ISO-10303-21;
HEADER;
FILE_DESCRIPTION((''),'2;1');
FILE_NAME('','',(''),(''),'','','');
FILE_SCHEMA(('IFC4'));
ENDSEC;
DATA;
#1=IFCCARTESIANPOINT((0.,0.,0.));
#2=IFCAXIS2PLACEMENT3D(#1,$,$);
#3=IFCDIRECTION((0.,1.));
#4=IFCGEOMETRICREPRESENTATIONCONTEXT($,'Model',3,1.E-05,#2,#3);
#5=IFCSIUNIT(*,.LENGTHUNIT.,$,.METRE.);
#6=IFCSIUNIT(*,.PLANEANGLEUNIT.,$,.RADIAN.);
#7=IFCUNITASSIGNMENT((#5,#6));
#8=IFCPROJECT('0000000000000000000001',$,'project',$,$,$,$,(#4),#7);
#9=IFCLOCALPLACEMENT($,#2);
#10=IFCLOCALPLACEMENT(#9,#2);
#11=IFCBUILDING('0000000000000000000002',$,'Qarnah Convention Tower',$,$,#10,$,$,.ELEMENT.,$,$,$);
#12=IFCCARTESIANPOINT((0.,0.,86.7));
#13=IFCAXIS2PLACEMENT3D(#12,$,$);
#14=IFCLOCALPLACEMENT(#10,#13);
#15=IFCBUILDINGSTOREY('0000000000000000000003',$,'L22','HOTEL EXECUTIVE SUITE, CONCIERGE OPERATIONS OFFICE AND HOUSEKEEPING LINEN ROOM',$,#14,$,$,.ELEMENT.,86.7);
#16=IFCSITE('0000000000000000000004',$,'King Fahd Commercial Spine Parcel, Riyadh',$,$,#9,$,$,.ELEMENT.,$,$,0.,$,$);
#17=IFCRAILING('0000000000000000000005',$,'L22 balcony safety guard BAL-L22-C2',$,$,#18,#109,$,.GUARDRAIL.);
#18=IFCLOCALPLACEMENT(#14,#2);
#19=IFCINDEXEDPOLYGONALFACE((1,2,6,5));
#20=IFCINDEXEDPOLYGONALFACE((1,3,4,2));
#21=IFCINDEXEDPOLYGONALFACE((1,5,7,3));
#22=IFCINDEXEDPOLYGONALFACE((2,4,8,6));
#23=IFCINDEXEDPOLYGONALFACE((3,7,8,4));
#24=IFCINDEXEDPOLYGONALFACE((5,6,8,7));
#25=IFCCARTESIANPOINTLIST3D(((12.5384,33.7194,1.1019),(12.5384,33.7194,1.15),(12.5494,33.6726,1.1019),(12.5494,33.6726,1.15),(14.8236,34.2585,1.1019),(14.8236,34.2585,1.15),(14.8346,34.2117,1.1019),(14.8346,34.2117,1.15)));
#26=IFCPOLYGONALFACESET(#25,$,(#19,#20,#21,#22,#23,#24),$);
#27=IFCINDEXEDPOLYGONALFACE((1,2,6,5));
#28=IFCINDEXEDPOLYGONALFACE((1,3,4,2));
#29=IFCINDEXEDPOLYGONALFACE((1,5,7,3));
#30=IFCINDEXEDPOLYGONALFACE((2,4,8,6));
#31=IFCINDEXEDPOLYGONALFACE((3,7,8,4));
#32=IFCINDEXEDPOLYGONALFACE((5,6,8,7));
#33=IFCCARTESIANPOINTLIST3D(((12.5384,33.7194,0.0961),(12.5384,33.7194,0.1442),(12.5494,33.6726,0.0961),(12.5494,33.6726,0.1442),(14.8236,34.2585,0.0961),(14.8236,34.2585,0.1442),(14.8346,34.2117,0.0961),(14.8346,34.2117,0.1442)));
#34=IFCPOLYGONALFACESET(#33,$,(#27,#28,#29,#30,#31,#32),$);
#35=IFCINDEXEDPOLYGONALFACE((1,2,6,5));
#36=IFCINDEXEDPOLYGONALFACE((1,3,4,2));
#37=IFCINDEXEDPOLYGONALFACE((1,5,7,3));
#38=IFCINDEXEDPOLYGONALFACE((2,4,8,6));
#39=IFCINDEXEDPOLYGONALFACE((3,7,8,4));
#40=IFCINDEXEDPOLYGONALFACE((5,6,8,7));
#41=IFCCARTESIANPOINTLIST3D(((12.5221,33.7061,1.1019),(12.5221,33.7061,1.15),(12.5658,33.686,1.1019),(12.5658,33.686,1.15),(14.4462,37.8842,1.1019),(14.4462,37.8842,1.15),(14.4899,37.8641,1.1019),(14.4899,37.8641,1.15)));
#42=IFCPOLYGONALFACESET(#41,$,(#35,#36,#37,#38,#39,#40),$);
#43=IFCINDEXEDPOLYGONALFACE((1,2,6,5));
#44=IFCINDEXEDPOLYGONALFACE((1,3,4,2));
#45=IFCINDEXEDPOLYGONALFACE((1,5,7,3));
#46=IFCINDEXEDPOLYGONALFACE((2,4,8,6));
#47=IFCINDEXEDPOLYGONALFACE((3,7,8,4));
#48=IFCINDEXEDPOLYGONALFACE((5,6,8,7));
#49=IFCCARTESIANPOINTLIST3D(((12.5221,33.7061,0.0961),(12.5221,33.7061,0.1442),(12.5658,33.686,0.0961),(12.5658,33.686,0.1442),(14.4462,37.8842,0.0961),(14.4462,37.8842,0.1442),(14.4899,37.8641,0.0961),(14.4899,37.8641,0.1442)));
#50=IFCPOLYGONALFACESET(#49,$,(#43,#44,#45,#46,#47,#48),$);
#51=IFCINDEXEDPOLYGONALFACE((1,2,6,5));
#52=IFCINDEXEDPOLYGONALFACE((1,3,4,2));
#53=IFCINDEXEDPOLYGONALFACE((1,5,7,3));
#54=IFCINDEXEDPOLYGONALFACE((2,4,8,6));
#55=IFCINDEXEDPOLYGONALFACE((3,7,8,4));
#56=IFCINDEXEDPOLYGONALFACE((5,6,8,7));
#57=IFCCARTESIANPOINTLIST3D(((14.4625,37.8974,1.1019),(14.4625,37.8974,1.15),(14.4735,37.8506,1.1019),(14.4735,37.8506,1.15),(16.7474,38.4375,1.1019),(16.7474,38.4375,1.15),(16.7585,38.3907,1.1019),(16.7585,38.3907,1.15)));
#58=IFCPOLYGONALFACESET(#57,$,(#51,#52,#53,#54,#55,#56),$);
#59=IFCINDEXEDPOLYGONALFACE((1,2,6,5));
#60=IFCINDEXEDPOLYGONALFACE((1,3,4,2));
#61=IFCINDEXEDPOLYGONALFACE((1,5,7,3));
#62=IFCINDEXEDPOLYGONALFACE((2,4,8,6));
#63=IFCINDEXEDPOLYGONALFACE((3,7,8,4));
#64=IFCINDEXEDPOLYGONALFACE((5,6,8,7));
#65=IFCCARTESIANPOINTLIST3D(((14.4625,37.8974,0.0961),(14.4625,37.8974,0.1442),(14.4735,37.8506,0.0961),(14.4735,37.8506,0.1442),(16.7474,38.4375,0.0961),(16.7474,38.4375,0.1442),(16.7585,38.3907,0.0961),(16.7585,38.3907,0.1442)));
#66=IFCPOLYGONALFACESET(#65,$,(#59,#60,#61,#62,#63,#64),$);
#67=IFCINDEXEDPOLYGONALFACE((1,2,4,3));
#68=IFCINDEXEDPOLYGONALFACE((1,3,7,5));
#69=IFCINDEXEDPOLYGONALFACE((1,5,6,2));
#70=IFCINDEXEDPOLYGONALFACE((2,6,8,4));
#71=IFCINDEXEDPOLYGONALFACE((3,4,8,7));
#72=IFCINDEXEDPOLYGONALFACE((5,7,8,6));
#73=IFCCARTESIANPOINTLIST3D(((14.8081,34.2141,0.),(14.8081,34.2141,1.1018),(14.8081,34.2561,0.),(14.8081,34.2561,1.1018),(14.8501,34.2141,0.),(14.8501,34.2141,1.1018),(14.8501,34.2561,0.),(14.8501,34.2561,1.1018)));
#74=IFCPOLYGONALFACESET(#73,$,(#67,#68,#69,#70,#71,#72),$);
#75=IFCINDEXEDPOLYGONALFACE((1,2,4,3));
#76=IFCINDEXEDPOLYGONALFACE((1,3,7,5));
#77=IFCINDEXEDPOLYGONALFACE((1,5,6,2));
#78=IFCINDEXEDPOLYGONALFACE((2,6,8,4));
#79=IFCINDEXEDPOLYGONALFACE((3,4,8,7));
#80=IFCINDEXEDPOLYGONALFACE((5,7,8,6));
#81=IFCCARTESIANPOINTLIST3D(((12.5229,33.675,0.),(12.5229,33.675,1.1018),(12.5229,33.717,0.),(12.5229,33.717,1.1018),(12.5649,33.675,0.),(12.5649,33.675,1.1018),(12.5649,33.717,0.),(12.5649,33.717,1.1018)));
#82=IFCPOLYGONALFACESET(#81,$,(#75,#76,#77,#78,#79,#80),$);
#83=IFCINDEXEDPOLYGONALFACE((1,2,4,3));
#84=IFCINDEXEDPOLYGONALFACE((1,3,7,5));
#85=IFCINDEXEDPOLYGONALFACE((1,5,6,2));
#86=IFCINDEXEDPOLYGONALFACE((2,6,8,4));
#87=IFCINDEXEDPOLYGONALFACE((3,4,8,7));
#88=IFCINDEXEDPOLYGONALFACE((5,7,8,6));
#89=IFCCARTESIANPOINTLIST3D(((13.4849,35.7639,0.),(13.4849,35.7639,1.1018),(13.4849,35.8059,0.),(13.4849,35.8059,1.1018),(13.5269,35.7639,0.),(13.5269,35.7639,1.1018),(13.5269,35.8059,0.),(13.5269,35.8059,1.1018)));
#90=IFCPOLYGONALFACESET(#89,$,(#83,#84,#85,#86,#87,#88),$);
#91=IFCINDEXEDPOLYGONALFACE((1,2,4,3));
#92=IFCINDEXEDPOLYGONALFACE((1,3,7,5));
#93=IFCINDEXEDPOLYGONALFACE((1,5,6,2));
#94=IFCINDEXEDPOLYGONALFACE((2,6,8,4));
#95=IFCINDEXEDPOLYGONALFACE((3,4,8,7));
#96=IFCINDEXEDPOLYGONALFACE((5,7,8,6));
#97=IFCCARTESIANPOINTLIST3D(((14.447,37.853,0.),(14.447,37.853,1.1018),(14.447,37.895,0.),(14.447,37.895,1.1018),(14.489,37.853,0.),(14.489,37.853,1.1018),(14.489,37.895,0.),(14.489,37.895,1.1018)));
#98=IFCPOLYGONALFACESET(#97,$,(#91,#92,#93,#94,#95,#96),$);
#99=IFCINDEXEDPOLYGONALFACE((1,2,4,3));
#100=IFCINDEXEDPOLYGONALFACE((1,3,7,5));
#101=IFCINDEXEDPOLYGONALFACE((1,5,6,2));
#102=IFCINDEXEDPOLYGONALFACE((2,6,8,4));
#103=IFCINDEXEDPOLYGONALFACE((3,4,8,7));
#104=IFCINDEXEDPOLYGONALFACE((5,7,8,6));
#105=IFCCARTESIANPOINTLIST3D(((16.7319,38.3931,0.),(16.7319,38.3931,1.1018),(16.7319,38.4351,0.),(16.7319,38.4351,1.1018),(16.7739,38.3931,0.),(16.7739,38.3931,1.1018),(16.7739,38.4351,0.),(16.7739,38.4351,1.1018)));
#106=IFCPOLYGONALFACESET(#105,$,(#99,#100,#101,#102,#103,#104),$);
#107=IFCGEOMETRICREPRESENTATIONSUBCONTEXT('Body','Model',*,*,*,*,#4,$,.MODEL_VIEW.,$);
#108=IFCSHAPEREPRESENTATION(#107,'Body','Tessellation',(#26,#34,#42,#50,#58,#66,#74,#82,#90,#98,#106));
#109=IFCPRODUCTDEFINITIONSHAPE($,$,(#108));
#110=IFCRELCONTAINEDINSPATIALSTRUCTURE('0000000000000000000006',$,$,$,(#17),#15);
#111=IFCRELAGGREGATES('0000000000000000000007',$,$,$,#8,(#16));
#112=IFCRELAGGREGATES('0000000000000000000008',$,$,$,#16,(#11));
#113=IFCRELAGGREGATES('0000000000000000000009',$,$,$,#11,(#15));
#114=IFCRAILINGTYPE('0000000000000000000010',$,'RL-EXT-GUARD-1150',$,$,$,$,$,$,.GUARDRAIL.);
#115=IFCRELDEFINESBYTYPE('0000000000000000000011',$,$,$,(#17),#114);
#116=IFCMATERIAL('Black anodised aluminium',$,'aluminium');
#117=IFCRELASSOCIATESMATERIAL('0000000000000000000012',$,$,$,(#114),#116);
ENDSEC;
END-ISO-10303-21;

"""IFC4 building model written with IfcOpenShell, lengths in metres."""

from ifc_helpers import new_model, si_unit, direction, frame, origin, origin_2d, place, context, subcontext, project, spatial, rectangle, extrude, material, type_object, element, save


model = new_model("IFC4")

# Units and contexts
model_context = context("Model", 3, precision=1e-05, world=origin(), true_north=direction((0.0, 1.0)))
body_context = subcontext(model_context, "Body", "Model", "MODEL_VIEW")
ifc_project = project(units=[si_unit("LENGTHUNIT", "METRE"), si_unit("PLANEANGLEUNIT", "RADIAN")], contexts=[model_context])

# Site, building, storey
site_placement = place(None, origin())
site = spatial("IfcSite", under=ifc_project, at=site_placement, Name="King Fahd Commercial Spine Parcel, Riyadh", CompositionType="ELEMENT", RefElevation=0.0)
building_placement = place(site_placement, origin())
building = spatial("IfcBuilding", under=site, at=building_placement, Name="Qarnah Convention Tower", CompositionType="ELEMENT")
storey_placement = place(building_placement, frame((0.0, 0.0, 86.7)))
storey = spatial("IfcBuildingStorey", under=building, at=storey_placement, Name="L22", Description="HOTEL EXECUTIVE SUITE, CONCIERGE OPERATIONS OFFICE AND HOUSEKEEPING LINEN ROOM", CompositionType="ELEMENT", Elevation=86.7)

# Shared definitions
ifc_material_1 = material(Name="Black anodised aluminium", Category="aluminium")

# Railing
railing_type = type_object("IfcRailingType", Name="RL-EXT-GUARD-1150", PredefinedType="GUARDRAIL", material=ifc_material_1)
railing_1_placement = place(storey_placement, frame((14.8291, 34.2351, 0.0)))
element("IfcRailing", 1, at=railing_1_placement, inside=storey, type_object=railing_type, Name="L22 balcony safety guard BAL-L22-C2", PredefinedType="GUARDRAIL", context=body_context, shape_type="SweptSolid", body=[
    extrude(rectangle(XDim=0.0481, YDim=0.0481, at=origin_2d()), frame((0.0, 0.0, 1.126), z_axis=(-0.973286, -0.229596, 0.0), x_axis=(0.229596, -0.973286, 0.0)), (0.0, 0.0, 1.0), 2.3479),
    extrude(rectangle(XDim=0.0481, YDim=0.0481, at=origin_2d()), frame((0.0, 0.0, 0.1201), z_axis=(-0.973286, -0.229596, 0.0), x_axis=(0.229596, -0.973286, 0.0)), (0.0, 0.0, 1.0), 2.3479),
    extrude(rectangle(XDim=0.0481, YDim=0.0481, at=origin_2d()), frame((-2.2852, -0.5391, 1.126), z_axis=(0.418301, 0.908309, 0.0), x_axis=(-0.908309, 0.418301, 0.0)), (0.0, 0.0, 1.0), 4.5999),
    extrude(rectangle(XDim=0.0481, YDim=0.0481, at=origin_2d()), frame((-2.2852, -0.5391, 0.1201), z_axis=(0.418301, 0.908309, 0.0), x_axis=(-0.908309, 0.418301, 0.0)), (0.0, 0.0, 1.0), 4.5999),
    extrude(rectangle(XDim=0.0481, YDim=0.0481, at=origin_2d()), frame((-0.3611, 3.6389, 1.126), z_axis=(0.973188, 0.230013, 0.0), x_axis=(-0.230013, 0.973188, 0.0)), (0.0, 0.0, 1.0), 2.3479),
    extrude(rectangle(XDim=0.0481, YDim=0.0481, at=origin_2d()), frame((-0.3611, 3.6389, 0.1201), z_axis=(0.973188, 0.230013, 0.0), x_axis=(-0.230013, 0.973188, 0.0)), (0.0, 0.0, 1.0), 2.3479),
    extrude(rectangle(XDim=0.042, YDim=0.042, at=origin_2d()), origin(), (0.0, 0.0, 1.0), 1.1018),
    extrude(rectangle(XDim=0.042, YDim=0.042, at=origin_2d()), frame((-2.2852, -0.5391, 0.0)), (0.0, 0.0, 1.0), 1.1018),
    extrude(rectangle(XDim=0.042, YDim=0.042, at=origin_2d()), frame((-1.3232, 1.5498, 0.0)), (0.0, 0.0, 1.0), 1.1018),
    extrude(rectangle(XDim=0.042, YDim=0.042, at=origin_2d()), frame((-0.3611, 3.6389, 0.0)), (0.0, 0.0, 1.0), 1.1018),
    extrude(rectangle(XDim=0.042, YDim=0.042, at=origin_2d()), frame((1.9238, 4.179, 0.0)), (0.0, 0.0, 1.0), 1.1018),
])

save(model, "model.ifc")
